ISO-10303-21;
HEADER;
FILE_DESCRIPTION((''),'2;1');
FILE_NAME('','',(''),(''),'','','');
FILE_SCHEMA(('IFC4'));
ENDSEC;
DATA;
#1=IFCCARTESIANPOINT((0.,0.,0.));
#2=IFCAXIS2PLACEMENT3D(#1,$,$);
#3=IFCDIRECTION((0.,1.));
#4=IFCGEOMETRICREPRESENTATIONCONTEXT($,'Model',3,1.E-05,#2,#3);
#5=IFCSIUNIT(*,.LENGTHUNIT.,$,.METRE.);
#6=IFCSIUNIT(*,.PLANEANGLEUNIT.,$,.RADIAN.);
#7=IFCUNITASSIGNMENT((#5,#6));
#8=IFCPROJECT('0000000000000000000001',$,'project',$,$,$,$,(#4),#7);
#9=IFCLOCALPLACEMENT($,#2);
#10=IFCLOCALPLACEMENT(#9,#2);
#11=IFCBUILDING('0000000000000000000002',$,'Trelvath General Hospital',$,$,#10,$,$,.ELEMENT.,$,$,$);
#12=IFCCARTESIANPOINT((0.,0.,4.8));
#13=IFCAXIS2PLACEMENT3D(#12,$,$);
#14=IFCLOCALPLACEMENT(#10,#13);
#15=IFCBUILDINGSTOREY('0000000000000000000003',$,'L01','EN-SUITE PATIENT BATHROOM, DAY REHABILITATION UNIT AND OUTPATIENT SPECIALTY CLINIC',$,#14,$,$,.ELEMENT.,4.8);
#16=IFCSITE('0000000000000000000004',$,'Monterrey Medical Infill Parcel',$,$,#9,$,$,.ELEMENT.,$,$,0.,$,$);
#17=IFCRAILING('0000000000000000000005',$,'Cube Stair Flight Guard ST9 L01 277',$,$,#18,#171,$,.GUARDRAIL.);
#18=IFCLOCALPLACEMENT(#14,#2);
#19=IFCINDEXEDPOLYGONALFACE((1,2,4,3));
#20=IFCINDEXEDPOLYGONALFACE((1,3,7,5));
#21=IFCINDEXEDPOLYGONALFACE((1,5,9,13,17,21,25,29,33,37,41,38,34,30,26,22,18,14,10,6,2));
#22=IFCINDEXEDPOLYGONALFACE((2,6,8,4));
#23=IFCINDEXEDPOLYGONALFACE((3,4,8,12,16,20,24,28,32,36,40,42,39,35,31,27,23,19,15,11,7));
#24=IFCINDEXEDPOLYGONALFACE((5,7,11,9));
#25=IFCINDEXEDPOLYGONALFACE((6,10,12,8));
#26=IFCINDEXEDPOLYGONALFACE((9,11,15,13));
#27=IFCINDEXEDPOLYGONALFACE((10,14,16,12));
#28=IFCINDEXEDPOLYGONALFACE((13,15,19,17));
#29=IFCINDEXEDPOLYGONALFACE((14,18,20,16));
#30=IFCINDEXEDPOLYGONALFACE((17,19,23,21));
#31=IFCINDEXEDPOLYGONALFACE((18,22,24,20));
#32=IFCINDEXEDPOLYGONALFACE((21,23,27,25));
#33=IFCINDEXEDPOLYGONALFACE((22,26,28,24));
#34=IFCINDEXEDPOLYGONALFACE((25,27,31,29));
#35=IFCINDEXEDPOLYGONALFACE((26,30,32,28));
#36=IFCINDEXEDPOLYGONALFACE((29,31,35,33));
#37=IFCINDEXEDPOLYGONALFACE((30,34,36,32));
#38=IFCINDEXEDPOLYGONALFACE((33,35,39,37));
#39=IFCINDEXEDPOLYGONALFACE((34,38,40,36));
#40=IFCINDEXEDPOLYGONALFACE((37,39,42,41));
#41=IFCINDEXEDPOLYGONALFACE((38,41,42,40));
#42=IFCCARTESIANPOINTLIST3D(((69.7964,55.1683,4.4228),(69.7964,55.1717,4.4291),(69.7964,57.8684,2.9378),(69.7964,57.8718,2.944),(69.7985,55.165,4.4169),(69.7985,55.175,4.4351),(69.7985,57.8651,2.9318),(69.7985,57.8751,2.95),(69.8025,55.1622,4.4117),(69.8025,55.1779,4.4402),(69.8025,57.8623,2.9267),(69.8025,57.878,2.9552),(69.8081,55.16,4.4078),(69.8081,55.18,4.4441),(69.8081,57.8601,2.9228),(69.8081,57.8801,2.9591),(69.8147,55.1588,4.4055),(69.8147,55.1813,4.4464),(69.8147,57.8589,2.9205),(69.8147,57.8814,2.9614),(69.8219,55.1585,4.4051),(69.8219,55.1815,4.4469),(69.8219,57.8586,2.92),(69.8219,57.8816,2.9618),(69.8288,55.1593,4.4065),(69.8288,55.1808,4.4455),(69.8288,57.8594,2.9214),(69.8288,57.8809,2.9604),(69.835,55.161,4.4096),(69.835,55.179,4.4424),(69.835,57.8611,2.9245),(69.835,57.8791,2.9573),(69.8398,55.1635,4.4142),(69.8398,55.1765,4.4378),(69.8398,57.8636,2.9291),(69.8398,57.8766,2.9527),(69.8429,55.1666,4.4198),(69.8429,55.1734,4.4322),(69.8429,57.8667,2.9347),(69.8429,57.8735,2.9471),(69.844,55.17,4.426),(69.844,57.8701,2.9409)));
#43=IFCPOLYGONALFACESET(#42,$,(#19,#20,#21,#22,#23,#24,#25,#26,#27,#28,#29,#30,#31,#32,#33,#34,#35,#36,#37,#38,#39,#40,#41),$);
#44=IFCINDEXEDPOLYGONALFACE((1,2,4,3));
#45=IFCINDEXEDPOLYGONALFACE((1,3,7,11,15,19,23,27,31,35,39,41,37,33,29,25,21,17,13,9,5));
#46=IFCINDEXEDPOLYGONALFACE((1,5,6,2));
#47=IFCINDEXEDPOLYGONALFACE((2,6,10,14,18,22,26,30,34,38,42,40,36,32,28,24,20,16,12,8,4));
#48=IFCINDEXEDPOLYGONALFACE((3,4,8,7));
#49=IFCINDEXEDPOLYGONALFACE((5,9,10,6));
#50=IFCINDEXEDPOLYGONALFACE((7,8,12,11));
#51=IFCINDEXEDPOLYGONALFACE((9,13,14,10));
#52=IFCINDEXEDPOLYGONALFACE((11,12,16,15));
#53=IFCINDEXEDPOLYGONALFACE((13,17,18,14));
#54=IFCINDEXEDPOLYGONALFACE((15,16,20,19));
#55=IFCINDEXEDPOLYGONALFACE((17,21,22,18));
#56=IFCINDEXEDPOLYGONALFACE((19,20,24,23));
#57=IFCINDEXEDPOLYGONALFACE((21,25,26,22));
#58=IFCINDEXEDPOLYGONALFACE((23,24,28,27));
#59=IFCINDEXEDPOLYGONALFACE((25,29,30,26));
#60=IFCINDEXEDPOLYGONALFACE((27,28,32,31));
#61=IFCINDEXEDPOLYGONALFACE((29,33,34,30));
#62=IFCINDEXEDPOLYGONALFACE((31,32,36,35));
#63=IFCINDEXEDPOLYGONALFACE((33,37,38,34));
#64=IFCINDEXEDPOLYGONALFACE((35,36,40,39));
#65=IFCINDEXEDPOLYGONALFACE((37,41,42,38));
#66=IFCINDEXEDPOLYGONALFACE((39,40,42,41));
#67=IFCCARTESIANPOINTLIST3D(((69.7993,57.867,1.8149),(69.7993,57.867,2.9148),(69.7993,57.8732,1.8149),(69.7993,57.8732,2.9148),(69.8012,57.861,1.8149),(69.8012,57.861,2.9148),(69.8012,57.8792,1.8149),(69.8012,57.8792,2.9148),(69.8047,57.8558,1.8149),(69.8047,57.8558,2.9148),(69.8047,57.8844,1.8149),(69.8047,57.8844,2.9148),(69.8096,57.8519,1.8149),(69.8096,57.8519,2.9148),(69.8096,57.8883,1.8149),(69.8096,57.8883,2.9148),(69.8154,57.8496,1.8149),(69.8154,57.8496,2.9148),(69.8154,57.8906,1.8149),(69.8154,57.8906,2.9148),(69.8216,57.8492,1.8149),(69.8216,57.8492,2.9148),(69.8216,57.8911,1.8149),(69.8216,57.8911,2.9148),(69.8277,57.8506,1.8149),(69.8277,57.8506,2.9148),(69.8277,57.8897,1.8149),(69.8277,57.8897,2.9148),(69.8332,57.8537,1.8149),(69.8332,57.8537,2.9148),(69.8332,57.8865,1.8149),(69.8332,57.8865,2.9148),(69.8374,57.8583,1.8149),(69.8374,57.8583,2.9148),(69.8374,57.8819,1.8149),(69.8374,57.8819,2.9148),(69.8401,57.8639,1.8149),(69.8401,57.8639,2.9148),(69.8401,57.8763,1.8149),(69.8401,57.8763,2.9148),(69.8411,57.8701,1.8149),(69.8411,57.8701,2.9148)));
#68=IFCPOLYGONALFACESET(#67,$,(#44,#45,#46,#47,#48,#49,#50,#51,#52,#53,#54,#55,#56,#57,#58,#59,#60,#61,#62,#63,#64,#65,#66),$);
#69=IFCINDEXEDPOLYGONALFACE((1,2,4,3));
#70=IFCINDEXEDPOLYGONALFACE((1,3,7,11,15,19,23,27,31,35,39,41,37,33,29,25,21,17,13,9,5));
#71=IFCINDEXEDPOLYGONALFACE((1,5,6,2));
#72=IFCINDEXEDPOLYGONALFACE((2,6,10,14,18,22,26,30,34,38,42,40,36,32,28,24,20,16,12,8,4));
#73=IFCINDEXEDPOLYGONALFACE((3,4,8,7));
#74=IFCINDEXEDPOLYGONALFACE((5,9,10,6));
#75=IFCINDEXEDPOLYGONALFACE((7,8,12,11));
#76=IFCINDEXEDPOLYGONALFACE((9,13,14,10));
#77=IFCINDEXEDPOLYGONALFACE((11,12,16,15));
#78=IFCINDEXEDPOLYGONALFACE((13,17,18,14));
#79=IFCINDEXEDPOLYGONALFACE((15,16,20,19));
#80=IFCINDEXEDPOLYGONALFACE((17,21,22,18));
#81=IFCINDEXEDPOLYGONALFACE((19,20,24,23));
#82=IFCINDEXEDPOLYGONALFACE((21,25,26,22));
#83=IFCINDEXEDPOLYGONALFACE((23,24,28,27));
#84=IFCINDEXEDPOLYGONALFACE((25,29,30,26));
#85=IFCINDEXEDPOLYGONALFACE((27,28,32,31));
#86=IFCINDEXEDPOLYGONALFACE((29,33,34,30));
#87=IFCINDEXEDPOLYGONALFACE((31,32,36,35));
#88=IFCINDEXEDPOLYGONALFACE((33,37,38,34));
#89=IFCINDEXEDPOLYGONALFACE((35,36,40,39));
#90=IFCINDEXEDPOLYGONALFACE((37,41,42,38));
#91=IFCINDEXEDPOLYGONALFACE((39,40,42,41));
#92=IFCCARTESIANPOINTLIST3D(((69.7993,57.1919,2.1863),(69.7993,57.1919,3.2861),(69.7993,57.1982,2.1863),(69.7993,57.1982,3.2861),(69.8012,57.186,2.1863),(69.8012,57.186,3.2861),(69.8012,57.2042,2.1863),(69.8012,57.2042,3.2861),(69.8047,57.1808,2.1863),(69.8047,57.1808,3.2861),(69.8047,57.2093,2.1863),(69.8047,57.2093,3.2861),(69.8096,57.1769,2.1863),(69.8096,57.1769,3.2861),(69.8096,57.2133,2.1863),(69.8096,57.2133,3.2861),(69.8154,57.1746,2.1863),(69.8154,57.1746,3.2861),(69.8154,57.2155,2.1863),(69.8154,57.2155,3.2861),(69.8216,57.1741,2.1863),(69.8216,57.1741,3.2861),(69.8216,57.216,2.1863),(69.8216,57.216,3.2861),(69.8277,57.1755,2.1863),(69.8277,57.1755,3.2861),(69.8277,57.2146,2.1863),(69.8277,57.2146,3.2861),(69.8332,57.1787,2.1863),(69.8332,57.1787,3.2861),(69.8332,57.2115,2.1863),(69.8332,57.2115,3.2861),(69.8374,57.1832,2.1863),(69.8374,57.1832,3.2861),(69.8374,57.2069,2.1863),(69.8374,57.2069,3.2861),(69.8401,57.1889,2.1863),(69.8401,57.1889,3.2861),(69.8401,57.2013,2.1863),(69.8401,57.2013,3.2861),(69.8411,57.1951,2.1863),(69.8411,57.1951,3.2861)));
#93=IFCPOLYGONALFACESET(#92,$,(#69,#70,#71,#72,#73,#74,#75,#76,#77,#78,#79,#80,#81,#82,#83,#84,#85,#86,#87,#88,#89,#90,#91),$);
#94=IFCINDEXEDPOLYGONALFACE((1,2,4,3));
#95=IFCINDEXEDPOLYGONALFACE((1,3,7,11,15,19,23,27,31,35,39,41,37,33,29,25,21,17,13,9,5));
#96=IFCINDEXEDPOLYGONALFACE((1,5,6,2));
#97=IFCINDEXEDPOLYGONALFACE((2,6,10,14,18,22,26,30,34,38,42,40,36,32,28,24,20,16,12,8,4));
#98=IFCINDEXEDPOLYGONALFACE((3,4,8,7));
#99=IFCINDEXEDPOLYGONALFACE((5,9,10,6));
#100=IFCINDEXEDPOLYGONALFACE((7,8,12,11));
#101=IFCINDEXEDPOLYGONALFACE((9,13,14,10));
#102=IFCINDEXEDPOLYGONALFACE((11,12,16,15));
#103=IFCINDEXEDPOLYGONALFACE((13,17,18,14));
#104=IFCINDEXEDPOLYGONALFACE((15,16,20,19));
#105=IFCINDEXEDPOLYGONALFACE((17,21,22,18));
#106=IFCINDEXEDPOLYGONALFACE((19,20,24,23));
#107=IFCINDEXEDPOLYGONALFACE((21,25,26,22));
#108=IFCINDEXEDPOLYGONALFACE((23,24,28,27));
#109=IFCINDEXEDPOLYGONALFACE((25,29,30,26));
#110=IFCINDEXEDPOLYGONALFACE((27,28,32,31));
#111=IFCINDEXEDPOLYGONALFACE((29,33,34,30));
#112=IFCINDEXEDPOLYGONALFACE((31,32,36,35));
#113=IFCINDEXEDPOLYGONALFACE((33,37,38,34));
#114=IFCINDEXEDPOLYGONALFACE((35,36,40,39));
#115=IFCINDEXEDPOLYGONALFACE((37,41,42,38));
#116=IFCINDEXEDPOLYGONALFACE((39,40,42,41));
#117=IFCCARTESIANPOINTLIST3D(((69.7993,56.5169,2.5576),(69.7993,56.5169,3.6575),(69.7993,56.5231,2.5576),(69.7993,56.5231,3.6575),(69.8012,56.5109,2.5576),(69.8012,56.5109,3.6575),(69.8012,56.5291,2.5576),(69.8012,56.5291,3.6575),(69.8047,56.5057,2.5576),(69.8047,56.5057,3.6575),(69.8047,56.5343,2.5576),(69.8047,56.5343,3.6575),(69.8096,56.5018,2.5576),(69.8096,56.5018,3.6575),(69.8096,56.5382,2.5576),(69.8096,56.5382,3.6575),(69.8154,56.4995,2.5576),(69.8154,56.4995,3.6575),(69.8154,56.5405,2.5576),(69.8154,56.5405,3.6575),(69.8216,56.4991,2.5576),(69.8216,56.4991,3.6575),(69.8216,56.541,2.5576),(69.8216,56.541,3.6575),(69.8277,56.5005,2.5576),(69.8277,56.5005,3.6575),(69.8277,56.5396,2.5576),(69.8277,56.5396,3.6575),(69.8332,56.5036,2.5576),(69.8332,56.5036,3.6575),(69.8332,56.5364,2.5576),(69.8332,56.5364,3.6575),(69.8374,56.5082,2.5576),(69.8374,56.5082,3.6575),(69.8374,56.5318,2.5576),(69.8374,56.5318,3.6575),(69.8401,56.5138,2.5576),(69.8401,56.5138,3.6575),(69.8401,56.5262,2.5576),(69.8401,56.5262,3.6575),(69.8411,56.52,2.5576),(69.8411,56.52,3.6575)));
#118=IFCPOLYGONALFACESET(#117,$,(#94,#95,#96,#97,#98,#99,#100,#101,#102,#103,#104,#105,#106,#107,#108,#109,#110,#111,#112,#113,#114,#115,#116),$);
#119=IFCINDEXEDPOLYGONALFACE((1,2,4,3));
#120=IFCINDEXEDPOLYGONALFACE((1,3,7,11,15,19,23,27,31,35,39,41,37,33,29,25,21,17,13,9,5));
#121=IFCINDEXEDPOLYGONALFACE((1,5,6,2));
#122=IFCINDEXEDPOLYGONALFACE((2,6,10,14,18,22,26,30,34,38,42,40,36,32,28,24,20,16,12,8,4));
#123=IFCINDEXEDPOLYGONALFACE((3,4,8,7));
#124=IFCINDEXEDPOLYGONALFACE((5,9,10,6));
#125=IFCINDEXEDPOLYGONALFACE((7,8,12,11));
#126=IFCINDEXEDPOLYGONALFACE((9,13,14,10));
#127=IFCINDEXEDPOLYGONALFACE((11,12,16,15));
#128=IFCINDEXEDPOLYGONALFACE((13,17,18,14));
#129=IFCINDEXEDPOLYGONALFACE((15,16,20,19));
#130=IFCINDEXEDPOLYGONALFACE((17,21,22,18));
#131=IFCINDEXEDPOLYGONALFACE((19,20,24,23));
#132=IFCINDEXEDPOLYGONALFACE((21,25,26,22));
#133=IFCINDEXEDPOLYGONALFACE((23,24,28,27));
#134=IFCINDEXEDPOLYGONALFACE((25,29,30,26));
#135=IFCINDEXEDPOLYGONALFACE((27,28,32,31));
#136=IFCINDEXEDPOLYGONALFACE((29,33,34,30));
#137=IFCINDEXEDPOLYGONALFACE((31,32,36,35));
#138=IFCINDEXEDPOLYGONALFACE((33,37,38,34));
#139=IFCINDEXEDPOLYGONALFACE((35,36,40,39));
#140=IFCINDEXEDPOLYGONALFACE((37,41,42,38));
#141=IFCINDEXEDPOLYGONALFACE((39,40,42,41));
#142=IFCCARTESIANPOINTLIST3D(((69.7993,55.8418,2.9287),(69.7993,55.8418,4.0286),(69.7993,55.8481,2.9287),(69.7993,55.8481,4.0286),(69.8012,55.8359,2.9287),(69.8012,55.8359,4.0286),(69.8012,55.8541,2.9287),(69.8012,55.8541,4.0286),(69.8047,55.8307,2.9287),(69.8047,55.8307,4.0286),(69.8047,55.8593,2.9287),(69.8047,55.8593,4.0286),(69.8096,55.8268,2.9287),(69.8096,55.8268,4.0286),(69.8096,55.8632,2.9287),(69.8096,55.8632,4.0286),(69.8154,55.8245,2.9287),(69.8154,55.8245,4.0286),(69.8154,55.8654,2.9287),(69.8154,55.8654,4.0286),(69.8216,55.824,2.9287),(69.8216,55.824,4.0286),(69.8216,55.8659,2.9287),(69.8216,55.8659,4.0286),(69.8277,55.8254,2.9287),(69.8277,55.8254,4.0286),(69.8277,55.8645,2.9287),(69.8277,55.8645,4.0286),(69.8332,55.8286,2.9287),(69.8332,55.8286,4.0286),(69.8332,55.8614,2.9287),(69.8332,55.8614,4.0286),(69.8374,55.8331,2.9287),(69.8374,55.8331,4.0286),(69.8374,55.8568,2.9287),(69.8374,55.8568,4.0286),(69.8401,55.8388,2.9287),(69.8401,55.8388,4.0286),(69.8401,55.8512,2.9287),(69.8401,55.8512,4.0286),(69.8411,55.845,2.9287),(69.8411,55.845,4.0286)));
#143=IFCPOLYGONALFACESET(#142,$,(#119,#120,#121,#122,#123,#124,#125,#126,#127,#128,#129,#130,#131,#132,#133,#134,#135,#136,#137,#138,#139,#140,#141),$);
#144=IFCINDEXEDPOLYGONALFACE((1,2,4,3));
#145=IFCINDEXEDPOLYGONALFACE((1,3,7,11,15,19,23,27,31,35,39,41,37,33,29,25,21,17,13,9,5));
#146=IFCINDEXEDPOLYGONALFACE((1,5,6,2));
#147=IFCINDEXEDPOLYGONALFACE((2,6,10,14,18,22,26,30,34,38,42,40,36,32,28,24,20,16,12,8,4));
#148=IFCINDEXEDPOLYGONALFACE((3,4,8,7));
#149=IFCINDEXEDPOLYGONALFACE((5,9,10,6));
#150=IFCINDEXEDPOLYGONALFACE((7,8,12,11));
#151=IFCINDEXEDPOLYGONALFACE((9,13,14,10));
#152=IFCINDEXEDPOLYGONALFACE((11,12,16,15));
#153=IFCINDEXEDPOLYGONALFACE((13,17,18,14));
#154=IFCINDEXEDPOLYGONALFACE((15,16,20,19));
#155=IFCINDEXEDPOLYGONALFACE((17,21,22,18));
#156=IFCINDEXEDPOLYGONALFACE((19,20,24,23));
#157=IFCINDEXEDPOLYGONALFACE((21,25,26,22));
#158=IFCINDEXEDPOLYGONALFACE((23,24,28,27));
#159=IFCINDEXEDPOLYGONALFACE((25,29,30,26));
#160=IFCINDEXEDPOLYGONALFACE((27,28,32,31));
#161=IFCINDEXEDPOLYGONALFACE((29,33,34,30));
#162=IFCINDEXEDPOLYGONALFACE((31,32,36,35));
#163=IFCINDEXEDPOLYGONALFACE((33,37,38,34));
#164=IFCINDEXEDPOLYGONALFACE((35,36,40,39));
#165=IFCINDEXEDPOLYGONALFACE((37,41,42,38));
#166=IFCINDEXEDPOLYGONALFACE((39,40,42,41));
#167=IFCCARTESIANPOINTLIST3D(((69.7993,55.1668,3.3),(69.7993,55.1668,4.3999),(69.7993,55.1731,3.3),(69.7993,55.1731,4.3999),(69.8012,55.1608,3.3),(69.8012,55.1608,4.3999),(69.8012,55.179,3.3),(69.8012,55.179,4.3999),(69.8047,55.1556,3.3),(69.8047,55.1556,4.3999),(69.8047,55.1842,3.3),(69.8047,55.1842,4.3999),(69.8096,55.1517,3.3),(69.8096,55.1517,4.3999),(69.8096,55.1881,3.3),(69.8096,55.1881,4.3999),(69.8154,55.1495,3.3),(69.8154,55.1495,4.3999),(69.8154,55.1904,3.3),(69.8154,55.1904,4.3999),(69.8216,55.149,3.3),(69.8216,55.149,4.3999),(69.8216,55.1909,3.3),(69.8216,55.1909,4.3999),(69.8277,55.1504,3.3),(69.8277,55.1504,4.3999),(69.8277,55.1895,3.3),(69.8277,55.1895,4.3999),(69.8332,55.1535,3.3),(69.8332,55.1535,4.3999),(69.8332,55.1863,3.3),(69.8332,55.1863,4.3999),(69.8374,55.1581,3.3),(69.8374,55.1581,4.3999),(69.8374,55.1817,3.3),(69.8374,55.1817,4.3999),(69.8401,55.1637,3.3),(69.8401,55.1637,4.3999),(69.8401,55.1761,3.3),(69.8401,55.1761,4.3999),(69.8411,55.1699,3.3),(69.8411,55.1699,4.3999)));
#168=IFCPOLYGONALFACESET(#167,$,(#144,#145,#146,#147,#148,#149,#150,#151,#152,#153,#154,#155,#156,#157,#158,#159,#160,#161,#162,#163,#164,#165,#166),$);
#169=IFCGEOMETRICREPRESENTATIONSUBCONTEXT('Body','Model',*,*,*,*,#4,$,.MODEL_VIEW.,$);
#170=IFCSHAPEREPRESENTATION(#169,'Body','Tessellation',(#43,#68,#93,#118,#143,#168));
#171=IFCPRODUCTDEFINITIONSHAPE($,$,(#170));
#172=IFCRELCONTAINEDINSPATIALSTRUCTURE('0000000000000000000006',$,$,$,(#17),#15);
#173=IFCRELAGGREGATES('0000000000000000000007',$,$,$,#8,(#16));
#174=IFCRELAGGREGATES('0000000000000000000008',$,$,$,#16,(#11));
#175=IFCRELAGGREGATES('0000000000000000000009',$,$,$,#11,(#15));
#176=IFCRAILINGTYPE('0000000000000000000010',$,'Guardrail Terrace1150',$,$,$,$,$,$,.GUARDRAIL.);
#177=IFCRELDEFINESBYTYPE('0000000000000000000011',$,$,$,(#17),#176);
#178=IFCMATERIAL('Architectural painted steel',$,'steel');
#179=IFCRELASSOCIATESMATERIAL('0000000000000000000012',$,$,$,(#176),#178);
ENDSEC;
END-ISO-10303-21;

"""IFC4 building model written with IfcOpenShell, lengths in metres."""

from ifc_helpers import new_model, si_unit, direction, frame, origin, origin_2d, place, context, subcontext, project, spatial, circle, extrude, material, type_object, element, save


model = new_model("IFC4")

# Units and contexts
model_context = context("Model", 3, precision=1e-05, world=origin(), true_north=direction((0.0, 1.0)))
body_context = subcontext(model_context, "Body", "Model", "MODEL_VIEW")
ifc_project = project(units=[si_unit("LENGTHUNIT", "METRE"), si_unit("PLANEANGLEUNIT", "RADIAN")], contexts=[model_context])

# Site, building, storey
site_placement = place(None, origin())
site = spatial("IfcSite", under=ifc_project, at=site_placement, Name="Monterrey Medical Infill Parcel", CompositionType="ELEMENT", RefElevation=0.0)
building_placement = place(site_placement, origin())
building = spatial("IfcBuilding", under=site, at=building_placement, Name="Trelvath General Hospital", CompositionType="ELEMENT")
storey_placement = place(building_placement, frame((0.0, 0.0, 4.8)))
storey = spatial("IfcBuildingStorey", under=building, at=storey_placement, Name="L01", Description="EN-SUITE PATIENT BATHROOM, DAY REHABILITATION UNIT AND OUTPATIENT SPECIALTY CLINIC", CompositionType="ELEMENT", Elevation=4.8)

# Railing
ifc_material_1 = material(Name="Architectural painted steel", Category="steel")
railing_type = type_object("IfcRailingType", Name="Guardrail Terrace1150", PredefinedType="GUARDRAIL", material=ifc_material_1)
for number, where, name in (
    (1, (69.8201, 57.8701, 1.8149), "Cube Stair Flight Guard ST9 L01 277"),
):
    element("IfcRailing", number, at=place(storey_placement, frame(where)), inside=storey, type_object=railing_type, Name=name, PredefinedType="GUARDRAIL", context=body_context, shape_type="SweptSolid", body=[
        extrude(circle(Radius=0.0239, at=origin_2d()), frame((0.0, 0.0, 1.126), z_axis=(0.0, -0.876216, 0.481919), x_axis=(1.0, 0.0, 0.0)), (0.0, 0.0, 1.0), 3.0815),
        extrude(circle(Radius=0.021, at=origin_2d()), origin(), (0.0, 0.0, 1.0), 1.0999),
        extrude(circle(Radius=0.021, at=origin_2d()), frame((0.0, -0.675, 0.3713)), (0.0, 0.0, 1.0), 1.0999),
        extrude(circle(Radius=0.021, at=origin_2d()), frame((0.0, -1.3501, 0.7427)), (0.0, 0.0, 1.0), 1.0999),
        extrude(circle(Radius=0.021, at=origin_2d()), frame((0.0, -2.0251, 1.1138)), (0.0, 0.0, 1.0), 1.0999),
        extrude(circle(Radius=0.021, at=origin_2d()), frame((0.0, -2.7002, 1.4851)), (0.0, 0.0, 1.0), 1.0999),
    ])

save(model, "model.ifc")
